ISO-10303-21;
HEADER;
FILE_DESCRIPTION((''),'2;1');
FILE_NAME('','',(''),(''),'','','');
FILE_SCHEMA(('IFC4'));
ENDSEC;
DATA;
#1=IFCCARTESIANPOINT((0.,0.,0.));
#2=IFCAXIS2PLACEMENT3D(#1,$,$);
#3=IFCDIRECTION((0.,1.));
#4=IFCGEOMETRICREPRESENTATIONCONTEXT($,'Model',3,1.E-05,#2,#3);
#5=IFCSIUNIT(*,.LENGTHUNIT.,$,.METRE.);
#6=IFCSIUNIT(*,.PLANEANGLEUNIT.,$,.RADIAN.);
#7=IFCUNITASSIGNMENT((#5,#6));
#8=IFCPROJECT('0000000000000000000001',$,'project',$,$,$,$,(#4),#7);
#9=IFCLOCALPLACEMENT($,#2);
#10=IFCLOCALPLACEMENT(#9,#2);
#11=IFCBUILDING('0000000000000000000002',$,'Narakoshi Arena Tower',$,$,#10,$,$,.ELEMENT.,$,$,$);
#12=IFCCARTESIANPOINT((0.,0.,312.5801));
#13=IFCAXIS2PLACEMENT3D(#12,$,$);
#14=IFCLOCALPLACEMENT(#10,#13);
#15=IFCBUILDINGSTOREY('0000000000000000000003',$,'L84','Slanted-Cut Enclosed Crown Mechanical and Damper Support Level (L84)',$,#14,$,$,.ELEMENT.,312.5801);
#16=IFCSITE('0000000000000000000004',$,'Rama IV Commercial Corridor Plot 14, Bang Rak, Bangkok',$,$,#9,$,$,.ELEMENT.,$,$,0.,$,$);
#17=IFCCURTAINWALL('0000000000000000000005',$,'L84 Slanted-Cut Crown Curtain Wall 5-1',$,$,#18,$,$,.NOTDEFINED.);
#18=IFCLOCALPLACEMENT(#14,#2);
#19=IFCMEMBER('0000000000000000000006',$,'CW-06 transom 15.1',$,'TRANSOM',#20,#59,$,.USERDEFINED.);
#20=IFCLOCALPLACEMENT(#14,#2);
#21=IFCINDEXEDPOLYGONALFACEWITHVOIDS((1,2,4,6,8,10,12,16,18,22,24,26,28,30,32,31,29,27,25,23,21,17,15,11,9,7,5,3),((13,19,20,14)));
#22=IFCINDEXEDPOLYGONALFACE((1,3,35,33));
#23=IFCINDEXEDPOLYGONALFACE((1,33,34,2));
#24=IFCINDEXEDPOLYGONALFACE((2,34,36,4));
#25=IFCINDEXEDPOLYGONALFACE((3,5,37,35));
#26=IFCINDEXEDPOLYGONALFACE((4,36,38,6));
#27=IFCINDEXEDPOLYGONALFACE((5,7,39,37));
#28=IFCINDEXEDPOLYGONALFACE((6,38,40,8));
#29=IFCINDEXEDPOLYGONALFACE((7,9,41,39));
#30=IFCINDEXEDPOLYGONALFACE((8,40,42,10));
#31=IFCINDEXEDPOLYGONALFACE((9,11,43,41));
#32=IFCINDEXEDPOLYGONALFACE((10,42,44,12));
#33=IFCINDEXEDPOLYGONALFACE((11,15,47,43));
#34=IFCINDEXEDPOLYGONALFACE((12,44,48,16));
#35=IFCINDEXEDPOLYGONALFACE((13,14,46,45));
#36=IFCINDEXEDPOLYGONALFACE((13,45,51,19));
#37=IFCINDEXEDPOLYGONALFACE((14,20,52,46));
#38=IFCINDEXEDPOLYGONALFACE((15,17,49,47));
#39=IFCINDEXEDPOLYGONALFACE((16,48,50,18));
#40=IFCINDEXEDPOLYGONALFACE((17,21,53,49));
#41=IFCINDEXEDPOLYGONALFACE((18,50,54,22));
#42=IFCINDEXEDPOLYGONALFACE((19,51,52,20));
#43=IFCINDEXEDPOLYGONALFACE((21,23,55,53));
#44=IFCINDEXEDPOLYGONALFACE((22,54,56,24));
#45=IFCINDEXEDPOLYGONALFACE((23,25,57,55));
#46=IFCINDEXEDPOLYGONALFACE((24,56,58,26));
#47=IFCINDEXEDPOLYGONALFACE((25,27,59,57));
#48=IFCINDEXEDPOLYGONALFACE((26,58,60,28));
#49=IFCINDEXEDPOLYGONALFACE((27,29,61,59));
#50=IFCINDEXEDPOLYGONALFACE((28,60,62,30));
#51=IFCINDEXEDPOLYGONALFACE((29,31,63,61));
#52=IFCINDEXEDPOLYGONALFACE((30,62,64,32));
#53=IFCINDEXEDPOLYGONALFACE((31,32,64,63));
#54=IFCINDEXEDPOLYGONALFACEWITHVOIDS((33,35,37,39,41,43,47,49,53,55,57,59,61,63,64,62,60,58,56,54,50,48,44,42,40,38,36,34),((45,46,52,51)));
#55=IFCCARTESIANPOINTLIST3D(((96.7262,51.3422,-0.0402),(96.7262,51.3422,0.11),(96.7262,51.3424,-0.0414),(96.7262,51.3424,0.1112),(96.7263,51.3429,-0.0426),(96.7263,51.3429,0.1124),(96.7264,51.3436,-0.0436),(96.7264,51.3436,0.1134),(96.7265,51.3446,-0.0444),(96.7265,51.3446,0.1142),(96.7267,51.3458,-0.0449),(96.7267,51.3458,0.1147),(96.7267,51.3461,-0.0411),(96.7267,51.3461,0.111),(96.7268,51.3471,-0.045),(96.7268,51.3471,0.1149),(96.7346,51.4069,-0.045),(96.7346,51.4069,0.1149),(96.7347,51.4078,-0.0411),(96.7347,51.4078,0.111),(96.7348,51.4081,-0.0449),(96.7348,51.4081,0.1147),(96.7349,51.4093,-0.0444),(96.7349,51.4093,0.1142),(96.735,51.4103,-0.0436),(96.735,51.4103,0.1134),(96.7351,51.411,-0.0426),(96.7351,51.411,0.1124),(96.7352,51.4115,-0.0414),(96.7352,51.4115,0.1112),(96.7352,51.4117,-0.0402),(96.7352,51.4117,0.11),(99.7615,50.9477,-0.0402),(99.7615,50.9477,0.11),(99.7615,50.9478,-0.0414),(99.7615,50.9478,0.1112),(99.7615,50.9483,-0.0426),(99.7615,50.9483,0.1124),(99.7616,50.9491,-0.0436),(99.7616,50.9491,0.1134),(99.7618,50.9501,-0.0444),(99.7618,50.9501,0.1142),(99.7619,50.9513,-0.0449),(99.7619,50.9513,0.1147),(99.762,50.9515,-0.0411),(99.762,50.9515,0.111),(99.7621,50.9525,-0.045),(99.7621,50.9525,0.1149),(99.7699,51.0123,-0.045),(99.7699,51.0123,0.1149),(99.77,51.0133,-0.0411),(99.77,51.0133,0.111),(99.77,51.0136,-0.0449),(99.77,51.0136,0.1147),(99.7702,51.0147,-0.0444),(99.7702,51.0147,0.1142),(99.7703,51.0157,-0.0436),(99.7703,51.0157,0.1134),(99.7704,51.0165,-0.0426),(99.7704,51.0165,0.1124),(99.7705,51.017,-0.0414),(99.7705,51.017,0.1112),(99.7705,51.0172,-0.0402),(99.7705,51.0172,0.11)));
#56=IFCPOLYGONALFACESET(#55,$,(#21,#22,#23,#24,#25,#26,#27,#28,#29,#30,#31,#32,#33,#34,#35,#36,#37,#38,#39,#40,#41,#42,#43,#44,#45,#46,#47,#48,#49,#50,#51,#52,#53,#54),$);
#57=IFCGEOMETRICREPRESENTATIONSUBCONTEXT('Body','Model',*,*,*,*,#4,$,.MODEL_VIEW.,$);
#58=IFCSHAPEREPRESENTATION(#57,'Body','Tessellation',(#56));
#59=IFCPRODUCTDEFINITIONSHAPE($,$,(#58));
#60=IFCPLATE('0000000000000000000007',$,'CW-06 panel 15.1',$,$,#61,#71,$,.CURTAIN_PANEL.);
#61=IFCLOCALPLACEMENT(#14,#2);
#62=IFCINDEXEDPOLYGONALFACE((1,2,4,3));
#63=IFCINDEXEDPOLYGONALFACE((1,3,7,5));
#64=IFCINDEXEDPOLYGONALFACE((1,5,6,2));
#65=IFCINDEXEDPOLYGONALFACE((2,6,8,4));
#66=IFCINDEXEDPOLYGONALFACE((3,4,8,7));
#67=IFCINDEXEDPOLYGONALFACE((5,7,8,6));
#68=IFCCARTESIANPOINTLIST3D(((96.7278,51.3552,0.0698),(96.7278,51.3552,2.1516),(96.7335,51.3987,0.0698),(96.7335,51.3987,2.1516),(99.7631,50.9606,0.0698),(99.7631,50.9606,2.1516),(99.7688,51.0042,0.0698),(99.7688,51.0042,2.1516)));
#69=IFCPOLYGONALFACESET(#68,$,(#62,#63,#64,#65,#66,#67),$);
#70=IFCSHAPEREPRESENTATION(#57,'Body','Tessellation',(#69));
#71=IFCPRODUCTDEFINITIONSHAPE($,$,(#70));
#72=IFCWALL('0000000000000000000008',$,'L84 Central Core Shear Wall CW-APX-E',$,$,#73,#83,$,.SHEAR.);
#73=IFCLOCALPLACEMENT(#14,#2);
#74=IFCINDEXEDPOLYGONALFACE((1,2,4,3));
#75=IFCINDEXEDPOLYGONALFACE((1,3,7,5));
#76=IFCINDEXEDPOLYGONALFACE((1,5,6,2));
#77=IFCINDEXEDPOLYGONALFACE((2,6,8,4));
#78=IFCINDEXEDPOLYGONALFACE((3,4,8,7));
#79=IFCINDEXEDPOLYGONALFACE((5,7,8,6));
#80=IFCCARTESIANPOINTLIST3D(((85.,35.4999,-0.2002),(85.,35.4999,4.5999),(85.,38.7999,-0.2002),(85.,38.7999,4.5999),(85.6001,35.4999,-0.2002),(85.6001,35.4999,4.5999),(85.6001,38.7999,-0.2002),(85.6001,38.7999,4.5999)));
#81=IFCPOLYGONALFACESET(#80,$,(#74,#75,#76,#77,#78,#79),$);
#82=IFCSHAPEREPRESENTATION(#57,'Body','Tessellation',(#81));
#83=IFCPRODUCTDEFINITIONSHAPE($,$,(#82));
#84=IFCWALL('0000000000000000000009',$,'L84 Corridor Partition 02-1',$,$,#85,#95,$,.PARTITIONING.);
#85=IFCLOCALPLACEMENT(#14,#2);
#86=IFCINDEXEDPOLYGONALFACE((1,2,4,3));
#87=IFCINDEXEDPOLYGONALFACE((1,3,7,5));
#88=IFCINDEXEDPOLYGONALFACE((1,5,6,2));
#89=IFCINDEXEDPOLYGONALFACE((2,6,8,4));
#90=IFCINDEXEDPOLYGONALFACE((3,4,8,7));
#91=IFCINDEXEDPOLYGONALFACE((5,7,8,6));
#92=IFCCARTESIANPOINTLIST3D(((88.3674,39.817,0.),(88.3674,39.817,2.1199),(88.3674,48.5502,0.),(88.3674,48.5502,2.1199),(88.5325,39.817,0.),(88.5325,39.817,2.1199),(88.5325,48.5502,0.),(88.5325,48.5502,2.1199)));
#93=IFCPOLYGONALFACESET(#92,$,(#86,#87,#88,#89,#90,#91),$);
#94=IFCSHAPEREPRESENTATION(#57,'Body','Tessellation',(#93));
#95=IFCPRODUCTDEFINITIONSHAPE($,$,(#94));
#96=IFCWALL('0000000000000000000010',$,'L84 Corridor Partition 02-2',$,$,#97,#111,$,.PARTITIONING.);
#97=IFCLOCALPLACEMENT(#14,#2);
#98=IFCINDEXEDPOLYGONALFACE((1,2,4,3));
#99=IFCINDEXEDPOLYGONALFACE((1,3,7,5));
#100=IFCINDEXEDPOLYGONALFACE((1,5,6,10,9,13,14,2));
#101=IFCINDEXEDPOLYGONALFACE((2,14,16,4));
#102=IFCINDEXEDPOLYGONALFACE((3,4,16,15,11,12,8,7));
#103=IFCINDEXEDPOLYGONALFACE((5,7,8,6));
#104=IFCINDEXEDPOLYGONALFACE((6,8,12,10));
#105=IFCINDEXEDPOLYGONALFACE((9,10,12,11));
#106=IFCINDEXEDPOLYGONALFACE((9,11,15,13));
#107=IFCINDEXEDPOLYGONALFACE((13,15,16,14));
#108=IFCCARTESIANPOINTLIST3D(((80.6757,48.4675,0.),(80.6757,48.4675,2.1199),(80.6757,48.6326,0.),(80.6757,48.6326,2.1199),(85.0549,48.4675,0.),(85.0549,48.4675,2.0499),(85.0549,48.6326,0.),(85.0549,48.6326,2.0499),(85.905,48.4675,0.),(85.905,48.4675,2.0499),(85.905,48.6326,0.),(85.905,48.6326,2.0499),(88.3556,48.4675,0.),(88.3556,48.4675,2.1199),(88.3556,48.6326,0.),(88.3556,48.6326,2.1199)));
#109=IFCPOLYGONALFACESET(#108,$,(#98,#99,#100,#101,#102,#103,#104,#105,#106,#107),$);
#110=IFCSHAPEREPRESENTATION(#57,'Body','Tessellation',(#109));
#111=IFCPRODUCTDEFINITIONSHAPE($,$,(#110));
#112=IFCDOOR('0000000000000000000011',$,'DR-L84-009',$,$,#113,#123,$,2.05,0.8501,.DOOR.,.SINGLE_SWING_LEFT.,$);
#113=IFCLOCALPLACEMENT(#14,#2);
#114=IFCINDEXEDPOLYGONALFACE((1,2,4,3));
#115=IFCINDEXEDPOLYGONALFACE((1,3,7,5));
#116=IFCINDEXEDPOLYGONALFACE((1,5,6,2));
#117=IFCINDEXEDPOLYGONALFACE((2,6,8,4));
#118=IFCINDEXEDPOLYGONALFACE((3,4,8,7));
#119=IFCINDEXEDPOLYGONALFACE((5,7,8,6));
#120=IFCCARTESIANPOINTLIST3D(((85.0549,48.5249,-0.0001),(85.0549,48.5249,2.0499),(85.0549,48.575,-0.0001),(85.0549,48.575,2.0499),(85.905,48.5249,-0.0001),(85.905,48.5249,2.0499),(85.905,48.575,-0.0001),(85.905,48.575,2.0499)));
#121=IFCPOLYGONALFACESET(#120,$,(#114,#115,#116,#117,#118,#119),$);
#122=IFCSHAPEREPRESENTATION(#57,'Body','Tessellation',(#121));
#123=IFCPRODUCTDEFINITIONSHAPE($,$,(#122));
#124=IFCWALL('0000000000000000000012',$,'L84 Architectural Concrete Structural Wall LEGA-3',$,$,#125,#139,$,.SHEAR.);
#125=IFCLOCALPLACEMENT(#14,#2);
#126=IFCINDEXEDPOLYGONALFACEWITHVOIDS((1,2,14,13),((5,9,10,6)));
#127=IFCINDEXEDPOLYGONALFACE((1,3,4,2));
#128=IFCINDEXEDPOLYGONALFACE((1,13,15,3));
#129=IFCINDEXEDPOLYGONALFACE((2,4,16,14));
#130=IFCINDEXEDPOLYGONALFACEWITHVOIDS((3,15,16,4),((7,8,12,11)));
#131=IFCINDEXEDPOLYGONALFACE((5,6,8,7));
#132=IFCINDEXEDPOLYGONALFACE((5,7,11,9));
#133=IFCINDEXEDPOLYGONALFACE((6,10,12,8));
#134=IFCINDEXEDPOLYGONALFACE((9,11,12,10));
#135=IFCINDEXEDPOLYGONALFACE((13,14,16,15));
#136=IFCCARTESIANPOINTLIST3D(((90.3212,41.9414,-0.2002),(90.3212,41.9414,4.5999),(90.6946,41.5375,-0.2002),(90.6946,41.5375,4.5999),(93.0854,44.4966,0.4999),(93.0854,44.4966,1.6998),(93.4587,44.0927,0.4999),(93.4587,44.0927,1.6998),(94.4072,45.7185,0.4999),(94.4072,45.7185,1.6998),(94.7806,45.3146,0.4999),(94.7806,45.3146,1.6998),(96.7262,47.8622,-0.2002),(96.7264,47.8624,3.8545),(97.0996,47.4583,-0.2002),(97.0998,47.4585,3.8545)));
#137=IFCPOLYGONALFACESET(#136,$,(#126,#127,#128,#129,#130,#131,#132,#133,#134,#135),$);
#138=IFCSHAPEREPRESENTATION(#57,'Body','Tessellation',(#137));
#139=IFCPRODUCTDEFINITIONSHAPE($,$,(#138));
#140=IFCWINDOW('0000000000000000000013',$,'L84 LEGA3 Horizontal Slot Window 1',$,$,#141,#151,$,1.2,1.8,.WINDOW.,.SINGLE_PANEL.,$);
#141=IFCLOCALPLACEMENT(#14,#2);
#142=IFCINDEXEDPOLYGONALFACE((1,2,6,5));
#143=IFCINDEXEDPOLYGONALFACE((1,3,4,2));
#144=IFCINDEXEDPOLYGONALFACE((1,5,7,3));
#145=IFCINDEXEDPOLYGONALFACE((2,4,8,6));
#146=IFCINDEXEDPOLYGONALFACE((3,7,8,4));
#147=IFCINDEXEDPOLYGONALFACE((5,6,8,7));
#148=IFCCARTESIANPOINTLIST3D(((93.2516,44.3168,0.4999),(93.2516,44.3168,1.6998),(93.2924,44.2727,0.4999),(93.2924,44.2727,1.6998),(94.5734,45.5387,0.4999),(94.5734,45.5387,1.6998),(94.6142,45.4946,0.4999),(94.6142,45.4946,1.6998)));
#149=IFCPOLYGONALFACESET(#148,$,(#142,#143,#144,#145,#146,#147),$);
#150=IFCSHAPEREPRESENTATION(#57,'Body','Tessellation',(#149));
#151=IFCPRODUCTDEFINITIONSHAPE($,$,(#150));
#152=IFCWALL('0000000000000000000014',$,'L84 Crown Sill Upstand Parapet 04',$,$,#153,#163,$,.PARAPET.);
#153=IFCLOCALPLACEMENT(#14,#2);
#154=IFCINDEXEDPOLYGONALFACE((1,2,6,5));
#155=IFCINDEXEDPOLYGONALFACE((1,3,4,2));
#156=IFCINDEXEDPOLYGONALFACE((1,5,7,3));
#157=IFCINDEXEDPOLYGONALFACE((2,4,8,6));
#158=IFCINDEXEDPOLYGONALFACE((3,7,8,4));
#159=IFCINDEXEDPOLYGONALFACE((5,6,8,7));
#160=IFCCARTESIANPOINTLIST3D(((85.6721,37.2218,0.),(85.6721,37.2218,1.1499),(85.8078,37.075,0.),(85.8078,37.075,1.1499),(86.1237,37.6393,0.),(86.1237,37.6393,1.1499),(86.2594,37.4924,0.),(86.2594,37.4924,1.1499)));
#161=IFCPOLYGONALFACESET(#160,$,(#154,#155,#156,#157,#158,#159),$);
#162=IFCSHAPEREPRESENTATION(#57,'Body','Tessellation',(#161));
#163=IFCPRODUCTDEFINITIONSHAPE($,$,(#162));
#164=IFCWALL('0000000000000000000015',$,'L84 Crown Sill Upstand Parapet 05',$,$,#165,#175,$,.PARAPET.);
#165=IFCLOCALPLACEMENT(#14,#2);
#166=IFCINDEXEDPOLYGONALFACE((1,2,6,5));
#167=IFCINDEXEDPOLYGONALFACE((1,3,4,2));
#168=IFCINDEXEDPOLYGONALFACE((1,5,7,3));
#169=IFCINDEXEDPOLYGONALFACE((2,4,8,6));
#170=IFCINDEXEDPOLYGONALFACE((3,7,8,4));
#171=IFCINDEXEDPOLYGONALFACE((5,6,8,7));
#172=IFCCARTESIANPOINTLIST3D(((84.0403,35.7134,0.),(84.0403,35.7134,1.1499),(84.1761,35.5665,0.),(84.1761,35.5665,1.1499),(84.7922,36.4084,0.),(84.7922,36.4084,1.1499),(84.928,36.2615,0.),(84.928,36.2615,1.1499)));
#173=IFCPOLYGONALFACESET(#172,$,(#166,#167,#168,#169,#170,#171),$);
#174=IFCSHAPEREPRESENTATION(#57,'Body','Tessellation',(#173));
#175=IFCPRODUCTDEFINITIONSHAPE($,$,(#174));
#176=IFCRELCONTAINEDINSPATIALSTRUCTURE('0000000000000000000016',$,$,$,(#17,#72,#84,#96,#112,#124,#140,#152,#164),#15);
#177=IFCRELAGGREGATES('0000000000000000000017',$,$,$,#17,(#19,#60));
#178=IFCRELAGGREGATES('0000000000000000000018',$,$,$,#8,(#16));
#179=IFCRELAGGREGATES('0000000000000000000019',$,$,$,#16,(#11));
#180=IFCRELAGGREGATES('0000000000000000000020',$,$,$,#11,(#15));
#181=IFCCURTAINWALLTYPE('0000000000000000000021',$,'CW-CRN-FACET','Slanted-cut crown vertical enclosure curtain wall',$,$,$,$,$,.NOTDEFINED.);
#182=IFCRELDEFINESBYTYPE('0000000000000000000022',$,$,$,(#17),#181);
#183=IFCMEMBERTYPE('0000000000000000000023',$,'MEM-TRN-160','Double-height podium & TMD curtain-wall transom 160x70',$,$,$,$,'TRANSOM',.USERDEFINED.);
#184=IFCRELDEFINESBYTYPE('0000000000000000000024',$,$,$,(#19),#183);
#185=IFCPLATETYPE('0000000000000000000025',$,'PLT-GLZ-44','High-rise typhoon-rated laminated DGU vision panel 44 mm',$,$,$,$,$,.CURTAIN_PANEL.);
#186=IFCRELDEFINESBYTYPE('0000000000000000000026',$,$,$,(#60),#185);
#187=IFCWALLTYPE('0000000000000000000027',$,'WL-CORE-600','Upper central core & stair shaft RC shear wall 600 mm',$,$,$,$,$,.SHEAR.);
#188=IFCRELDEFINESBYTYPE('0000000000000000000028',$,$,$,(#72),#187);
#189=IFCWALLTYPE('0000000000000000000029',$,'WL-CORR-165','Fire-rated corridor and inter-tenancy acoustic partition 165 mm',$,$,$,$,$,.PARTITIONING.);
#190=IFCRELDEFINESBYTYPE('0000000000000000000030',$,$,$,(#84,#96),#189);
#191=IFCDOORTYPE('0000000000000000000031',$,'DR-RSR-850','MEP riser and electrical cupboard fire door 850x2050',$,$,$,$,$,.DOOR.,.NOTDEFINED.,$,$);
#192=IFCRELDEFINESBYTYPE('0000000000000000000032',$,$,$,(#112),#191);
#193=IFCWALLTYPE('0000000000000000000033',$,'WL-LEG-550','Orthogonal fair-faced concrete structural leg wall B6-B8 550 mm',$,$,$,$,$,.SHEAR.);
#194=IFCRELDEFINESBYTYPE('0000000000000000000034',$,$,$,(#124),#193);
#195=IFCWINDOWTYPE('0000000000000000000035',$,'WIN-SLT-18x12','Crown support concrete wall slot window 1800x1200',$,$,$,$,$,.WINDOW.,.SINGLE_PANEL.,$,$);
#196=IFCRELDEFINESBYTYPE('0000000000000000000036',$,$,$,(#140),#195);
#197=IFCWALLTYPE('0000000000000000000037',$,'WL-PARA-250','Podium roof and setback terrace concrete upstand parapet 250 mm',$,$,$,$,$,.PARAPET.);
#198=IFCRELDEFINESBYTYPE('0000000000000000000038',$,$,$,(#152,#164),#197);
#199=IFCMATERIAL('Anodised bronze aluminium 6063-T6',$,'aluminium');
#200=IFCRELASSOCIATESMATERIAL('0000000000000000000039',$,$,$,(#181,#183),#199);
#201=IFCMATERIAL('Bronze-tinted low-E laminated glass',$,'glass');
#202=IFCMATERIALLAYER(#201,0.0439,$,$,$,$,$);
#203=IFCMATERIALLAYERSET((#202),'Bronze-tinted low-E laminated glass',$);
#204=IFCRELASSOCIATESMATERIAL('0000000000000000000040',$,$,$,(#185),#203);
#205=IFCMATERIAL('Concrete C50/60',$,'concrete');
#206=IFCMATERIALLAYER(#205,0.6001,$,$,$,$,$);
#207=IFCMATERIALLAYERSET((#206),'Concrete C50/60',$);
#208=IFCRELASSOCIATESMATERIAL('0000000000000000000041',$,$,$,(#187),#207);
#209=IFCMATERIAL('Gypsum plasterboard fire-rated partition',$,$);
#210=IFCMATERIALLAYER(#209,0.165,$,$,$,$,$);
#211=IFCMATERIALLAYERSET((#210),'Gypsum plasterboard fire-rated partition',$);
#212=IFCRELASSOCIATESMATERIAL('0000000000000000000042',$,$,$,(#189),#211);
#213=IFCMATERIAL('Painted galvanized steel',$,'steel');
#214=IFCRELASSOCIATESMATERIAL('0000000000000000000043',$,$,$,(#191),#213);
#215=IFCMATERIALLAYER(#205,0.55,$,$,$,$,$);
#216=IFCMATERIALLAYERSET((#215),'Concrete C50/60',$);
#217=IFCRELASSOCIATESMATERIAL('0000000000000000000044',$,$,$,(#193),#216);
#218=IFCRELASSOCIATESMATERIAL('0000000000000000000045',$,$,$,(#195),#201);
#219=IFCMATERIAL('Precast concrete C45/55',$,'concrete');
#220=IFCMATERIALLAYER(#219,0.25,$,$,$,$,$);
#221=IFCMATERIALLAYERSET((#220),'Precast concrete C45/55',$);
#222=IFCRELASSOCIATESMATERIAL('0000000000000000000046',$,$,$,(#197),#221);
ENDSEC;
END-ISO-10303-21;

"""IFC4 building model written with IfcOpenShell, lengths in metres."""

from ifc_helpers import new_model, si_unit, direction, frame, frame_2d, origin, origin_2d, place, context, subcontext, project, spatial, polyline, rectangle, hollow_rectangle, outline, extrude, material, layer, layer_set, material_profile, profile_set, type_object, element, fill, aggregate, save


model = new_model("IFC4")

# Units and contexts
model_context = context("Model", 3, precision=1e-05, world=origin(), true_north=direction((0.0, 1.0)))
body_context = subcontext(model_context, "Body", "Model", "MODEL_VIEW")
ifc_project = project(units=[si_unit("LENGTHUNIT", "METRE"), si_unit("PLANEANGLEUNIT", "RADIAN")], contexts=[model_context])

# Site, building, storey
site_placement = place(None, origin())
site = spatial("IfcSite", under=ifc_project, at=site_placement, Name="Rama IV Commercial Corridor Plot 14, Bang Rak, Bangkok", CompositionType="ELEMENT", RefElevation=0.0)
building_placement = place(site_placement, origin())
building = spatial("IfcBuilding", under=site, at=building_placement, Name="Narakoshi Arena Tower", CompositionType="ELEMENT")
storey_placement = place(building_placement, frame((0.0, 0.0, 312.5801)))
storey = spatial("IfcBuildingStorey", under=building, at=storey_placement, Name="L84", Description="Slanted-Cut Enclosed Crown Mechanical and Damper Support Level (L84)", CompositionType="ELEMENT", Elevation=312.5801)

# Curtain wall, member, plate
ifc_material_1 = material(Name="Anodised bronze aluminium 6063-T6", Category="aluminium")
curtain_wall_type = type_object("IfcCurtainWallType", Name="CW-CRN-FACET", Description="Slanted-cut crown vertical enclosure curtain wall", PredefinedType="NOTDEFINED", material=ifc_material_1)
curtain_wall_placement = place(storey_placement, origin())
curtain_wall = element("IfcCurtainWall", 1, at=curtain_wall_placement, inside=storey, type_object=curtain_wall_type, Name="L84 Slanted-Cut Crown Curtain Wall 5-1", PredefinedType="NOTDEFINED")
ifc_material_profile_1 = material_profile(ifc_material_1, hollow_rectangle(XDim=0.0701, YDim=0.1599, WallThickness=0.0039, OuterFilletRadius=0.0049, at=origin_2d()), Name="TRN160x70x4")
ifc_profile_set_1 = profile_set([ifc_material_profile_1], Name="Anodised bronze aluminium 6063-T6")
member_type_1 = type_object("IfcMemberType", Name="MEM-TRN-160", Description="Double-height podium & TMD curtain-wall transom 160x70", ElementType="TRANSOM", PredefinedType="USERDEFINED", material=ifc_profile_set_1)
member_1_placement = place(storey_placement, frame((96.7307, 51.377, 0.0349), z_axis=(0.991657, -0.128903, 0.0), x_axis=(0.128903, 0.991657, 0.0)))
member_1 = element("IfcMember", 2, at=member_1_placement, type_object=member_type_1, Name="CW-06 transom 15.1", ObjectType="TRANSOM", PredefinedType="USERDEFINED", context=body_context, shape_type="SweptSolid", body=[
    extrude(hollow_rectangle(XDim=0.0701, YDim=0.1599, WallThickness=0.0039, OuterFilletRadius=0.0049, at=origin_2d()), origin(), (0.0, 0.0, 1.0), 3.0608),
])
ifc_material_2 = material(Name="Bronze-tinted low-E laminated glass", Category="glass")
ifc_layer_1 = layer(ifc_material_2, 0.0439)
ifc_layer_set_1 = layer_set([ifc_layer_1], Name="Bronze-tinted low-E laminated glass")
plate_type = type_object("IfcPlateType", Name="PLT-GLZ-44", Description="High-rise typhoon-rated laminated DGU vision panel 44 mm", PredefinedType="CURTAIN_PANEL", material=ifc_layer_set_1)
plate_placement = place(storey_placement, frame((98.2483, 51.1797, 0.0698), z_axis=(0.0, 0.0, 1.0), x_axis=(0.991659, -0.12889, 0.0)))
plate = element("IfcPlate", 3, at=plate_placement, type_object=plate_type, Name="CW-06 panel 15.1", PredefinedType="CURTAIN_PANEL", context=body_context, shape_type="SweptSolid", body=[
    extrude(rectangle(XDim=3.0608, YDim=0.0439, at=origin_2d()), origin(), (0.0, 0.0, 1.0), 2.0818),
])
aggregate(curtain_wall, [member_1, plate])

# Walls
ifc_material_3 = material(Name="Concrete C50/60", Category="concrete")
ifc_layer_2 = layer(ifc_material_3, 0.6001)
ifc_layer_set_2 = layer_set([ifc_layer_2], Name="Concrete C50/60")
wall_type_1 = type_object("IfcWallType", Name="WL-CORE-600", Description="Upper central core & stair shaft RC shear wall 600 mm", PredefinedType="SHEAR", material=ifc_layer_set_2)
wall_1_placement = place(storey_placement, frame((85.3, 35.5, -0.2002), z_axis=(0.0, 0.0, 1.0), x_axis=(0.0, 1.0, 0.0)))
element("IfcWall", 4, at=wall_1_placement, inside=storey, type_object=wall_type_1, Name="L84 Central Core Shear Wall CW-APX-E", PredefinedType="SHEAR", context=body_context, shape_type="SweptSolid", body=[
    extrude(rectangle(XDim=3.3, YDim=0.6001, at=frame_2d((1.6499, 0.0))), origin(), (0.0, 0.0, 1.0), 4.8),
])
ifc_material_4 = material(Name="Gypsum plasterboard fire-rated partition")
ifc_layer_3 = layer(ifc_material_4, 0.165)
ifc_layer_set_3 = layer_set([ifc_layer_3], Name="Gypsum plasterboard fire-rated partition")
wall_type_2 = type_object("IfcWallType", Name="WL-CORR-165", Description="Fire-rated corridor and inter-tenancy acoustic partition 165 mm", PredefinedType="PARTITIONING", material=ifc_layer_set_3)
wall_2_placement = place(storey_placement, frame((88.45, 39.8169, 0.0), z_axis=(0.0, 0.0, 1.0), x_axis=(0.0, 1.0, 0.0)))
element("IfcWall", 5, at=wall_2_placement, inside=storey, type_object=wall_type_2, Name="L84 Corridor Partition 02-1", PredefinedType="PARTITIONING", context=body_context, shape_type="SweptSolid", body=[
    extrude(rectangle(XDim=8.7332, YDim=0.165, at=frame_2d((4.3667, 0.0))), origin(), (0.0, 0.0, 1.0), 2.1199),
])

# Wall, opening, door
wall_3_placement = place(storey_placement, frame((88.3555, 48.55, 0.0), z_axis=(0.0, 0.0, 1.0), x_axis=(-1.0, 0.0, 0.0)))
wall_3 = element("IfcWall", 6, at=wall_3_placement, inside=storey, type_object=wall_type_2, Name="L84 Corridor Partition 02-2", PredefinedType="PARTITIONING", context=body_context, shape_type="SweptSolid", body=[
    extrude(rectangle(XDim=7.6799, YDim=0.165, at=frame_2d((3.8398, 0.0))), origin(), (0.0, 0.0, 1.0), 2.1199),
])
opening_1_placement = place(wall_3_placement, frame((2.4504, 0.0, 0.0)))
opening_1 = element("IfcOpeningElement", 7, at=opening_1_placement, cuts=wall_3, PredefinedType="OPENING", context=body_context, shape_type="SweptSolid", body=[
    extrude(rectangle(XDim=0.8501, YDim=2.05, at=frame_2d((0.425, 1.0249))), frame((0.0, 0.0925, 0.0), z_axis=(0.0, -1.0, 0.0), x_axis=(1.0, 0.0, 0.0)), (0.0, 0.0, 1.0), 0.1851),
])
ifc_material_5 = material(Name="Painted galvanized steel", Category="steel")
door_type_1 = type_object("IfcDoorType", Name="DR-RSR-850", Description="MEP riser and electrical cupboard fire door 850x2050", OperationType="NOTDEFINED", PredefinedType="DOOR", material=ifc_material_5)
door_1_placement = place(opening_1_placement, frame((0.8501, 0.0, 0.0), z_axis=(0.0, 0.0, 1.0), x_axis=(-1.0, 0.0, 0.0)))
door_1 = element("IfcDoor", 8, at=door_1_placement, inside=storey, type_object=door_type_1, Name="DR-L84-009", OperationType="SINGLE_SWING_LEFT", OverallHeight=2.05, OverallWidth=0.8501, PredefinedType="DOOR", context=body_context, shape_type="SweptSolid", body=[
    extrude(rectangle(XDim=0.8501, YDim=2.05, at=frame_2d((0.425, 1.0249))), frame((0.0, 0.0249, 0.0), z_axis=(0.0, -1.0, 0.0), x_axis=(1.0, 0.0, 0.0)), (0.0, 0.0, 1.0), 0.05),
])
fill(opening_1, door_1)

# Wall, opening, window
ifc_layer_4 = layer(ifc_material_3, 0.55)
ifc_layer_set_4 = layer_set([ifc_layer_4], Name="Concrete C50/60")
wall_type_3 = type_object("IfcWallType", Name="WL-LEG-550", Description="Orthogonal fair-faced concrete structural leg wall B6-B8 550 mm", PredefinedType="SHEAR", material=ifc_layer_set_4)
wall_4_placement = place(storey_placement, frame((90.5078, 41.7395, -0.2002), z_axis=(0.0, 0.0, 1.0), x_axis=(0.734314, 0.67881, 0.0)))
wall_4 = element("IfcWall", 9, at=wall_4_placement, inside=storey, type_object=wall_type_3, Name="L84 Architectural Concrete Structural Wall LEGA-3", PredefinedType="SHEAR", context=body_context, shape_type="SweptSolid", body=[
    extrude(outline(polyline([(0.0, 0.0), (8.7224, 0.0), (8.7227, 4.0547), (0.0, 4.8), (0.0, 0.0)])), frame((0.0, 0.2749, 0.0), z_axis=(0.0, -1.0, 0.0), x_axis=(1.0, 0.0, 0.0)), (0.0, 0.0, 1.0), 0.55),
])
opening_2_placement = place(wall_4_placement, frame((3.7644, 0.0, 0.7)))
opening_2 = element("IfcOpeningElement", 10, at=opening_2_placement, cuts=wall_4, PredefinedType="OPENING", context=body_context, shape_type="SweptSolid", body=[
    extrude(rectangle(XDim=1.8, YDim=1.2, at=frame_2d((0.8999, 0.6001))), frame((0.0, 0.2849, 0.0), z_axis=(0.0, -1.0, 0.0), x_axis=(1.0, 0.0, 0.0)), (0.0, 0.0, 1.0), 0.5701),
])
window_type = type_object("IfcWindowType", Name="WIN-SLT-18x12", Description="Crown support concrete wall slot window 1800x1200", PartitioningType="SINGLE_PANEL", PredefinedType="WINDOW", material=ifc_material_2)
window_1_placement = place(opening_2_placement, origin())
window_1 = element("IfcWindow", 11, at=window_1_placement, inside=storey, type_object=window_type, Name="L84 LEGA3 Horizontal Slot Window 1", OverallHeight=1.2, OverallWidth=1.8, PartitioningType="SINGLE_PANEL", PredefinedType="WINDOW", context=body_context, shape_type="SweptSolid", body=[
    extrude(rectangle(XDim=1.8, YDim=1.2, at=frame_2d((0.8999, 0.6001))), frame((0.0, 0.03, 0.0), z_axis=(0.0, -1.0, 0.0), x_axis=(1.0, 0.0, 0.0)), (0.0, 0.0, 1.0), 0.0601),
])
fill(opening_2, window_1)

# Walls
ifc_material_6 = material(Name="Precast concrete C45/55", Category="concrete")
ifc_layer_5 = layer(ifc_material_6, 0.25)
ifc_layer_set_5 = layer_set([ifc_layer_5], Name="Precast concrete C45/55")
wall_type_4 = type_object("IfcWallType", Name="WL-PARA-250", Description="Podium roof and setback terrace concrete upstand parapet 250 mm", PredefinedType="PARAPET", material=ifc_layer_set_5)
wall_5_placement = place(storey_placement, frame((86.1917, 37.5659, 0.0), z_axis=(0.0, 0.0, 1.0), x_axis=(-0.734347, -0.678775, 0.0)))
element("IfcWall", 12, at=wall_5_placement, inside=storey, type_object=wall_type_4, Name="L84 Crown Sill Upstand Parapet 04", PredefinedType="PARAPET", context=body_context, shape_type="SweptSolid", body=[
    extrude(rectangle(XDim=0.615, YDim=0.2, at=frame_2d((0.3076, 0.0))), origin(), (0.0, 0.0, 1.0), 1.1499),
])
wall_6_placement = place(storey_placement, frame((84.8601, 36.335, 0.0), z_axis=(0.0, 0.0, 1.0), x_axis=(-0.734337, -0.678785, 0.0)))
element("IfcWall", 13, at=wall_6_placement, inside=storey, type_object=wall_type_4, Name="L84 Crown Sill Upstand Parapet 05", PredefinedType="PARAPET", context=body_context, shape_type="SweptSolid", body=[
    extrude(rectangle(XDim=1.0239, YDim=0.2, at=frame_2d((0.512, 0.0))), origin(), (0.0, 0.0, 1.0), 1.1499),
])

save(model, "model.ifc")
